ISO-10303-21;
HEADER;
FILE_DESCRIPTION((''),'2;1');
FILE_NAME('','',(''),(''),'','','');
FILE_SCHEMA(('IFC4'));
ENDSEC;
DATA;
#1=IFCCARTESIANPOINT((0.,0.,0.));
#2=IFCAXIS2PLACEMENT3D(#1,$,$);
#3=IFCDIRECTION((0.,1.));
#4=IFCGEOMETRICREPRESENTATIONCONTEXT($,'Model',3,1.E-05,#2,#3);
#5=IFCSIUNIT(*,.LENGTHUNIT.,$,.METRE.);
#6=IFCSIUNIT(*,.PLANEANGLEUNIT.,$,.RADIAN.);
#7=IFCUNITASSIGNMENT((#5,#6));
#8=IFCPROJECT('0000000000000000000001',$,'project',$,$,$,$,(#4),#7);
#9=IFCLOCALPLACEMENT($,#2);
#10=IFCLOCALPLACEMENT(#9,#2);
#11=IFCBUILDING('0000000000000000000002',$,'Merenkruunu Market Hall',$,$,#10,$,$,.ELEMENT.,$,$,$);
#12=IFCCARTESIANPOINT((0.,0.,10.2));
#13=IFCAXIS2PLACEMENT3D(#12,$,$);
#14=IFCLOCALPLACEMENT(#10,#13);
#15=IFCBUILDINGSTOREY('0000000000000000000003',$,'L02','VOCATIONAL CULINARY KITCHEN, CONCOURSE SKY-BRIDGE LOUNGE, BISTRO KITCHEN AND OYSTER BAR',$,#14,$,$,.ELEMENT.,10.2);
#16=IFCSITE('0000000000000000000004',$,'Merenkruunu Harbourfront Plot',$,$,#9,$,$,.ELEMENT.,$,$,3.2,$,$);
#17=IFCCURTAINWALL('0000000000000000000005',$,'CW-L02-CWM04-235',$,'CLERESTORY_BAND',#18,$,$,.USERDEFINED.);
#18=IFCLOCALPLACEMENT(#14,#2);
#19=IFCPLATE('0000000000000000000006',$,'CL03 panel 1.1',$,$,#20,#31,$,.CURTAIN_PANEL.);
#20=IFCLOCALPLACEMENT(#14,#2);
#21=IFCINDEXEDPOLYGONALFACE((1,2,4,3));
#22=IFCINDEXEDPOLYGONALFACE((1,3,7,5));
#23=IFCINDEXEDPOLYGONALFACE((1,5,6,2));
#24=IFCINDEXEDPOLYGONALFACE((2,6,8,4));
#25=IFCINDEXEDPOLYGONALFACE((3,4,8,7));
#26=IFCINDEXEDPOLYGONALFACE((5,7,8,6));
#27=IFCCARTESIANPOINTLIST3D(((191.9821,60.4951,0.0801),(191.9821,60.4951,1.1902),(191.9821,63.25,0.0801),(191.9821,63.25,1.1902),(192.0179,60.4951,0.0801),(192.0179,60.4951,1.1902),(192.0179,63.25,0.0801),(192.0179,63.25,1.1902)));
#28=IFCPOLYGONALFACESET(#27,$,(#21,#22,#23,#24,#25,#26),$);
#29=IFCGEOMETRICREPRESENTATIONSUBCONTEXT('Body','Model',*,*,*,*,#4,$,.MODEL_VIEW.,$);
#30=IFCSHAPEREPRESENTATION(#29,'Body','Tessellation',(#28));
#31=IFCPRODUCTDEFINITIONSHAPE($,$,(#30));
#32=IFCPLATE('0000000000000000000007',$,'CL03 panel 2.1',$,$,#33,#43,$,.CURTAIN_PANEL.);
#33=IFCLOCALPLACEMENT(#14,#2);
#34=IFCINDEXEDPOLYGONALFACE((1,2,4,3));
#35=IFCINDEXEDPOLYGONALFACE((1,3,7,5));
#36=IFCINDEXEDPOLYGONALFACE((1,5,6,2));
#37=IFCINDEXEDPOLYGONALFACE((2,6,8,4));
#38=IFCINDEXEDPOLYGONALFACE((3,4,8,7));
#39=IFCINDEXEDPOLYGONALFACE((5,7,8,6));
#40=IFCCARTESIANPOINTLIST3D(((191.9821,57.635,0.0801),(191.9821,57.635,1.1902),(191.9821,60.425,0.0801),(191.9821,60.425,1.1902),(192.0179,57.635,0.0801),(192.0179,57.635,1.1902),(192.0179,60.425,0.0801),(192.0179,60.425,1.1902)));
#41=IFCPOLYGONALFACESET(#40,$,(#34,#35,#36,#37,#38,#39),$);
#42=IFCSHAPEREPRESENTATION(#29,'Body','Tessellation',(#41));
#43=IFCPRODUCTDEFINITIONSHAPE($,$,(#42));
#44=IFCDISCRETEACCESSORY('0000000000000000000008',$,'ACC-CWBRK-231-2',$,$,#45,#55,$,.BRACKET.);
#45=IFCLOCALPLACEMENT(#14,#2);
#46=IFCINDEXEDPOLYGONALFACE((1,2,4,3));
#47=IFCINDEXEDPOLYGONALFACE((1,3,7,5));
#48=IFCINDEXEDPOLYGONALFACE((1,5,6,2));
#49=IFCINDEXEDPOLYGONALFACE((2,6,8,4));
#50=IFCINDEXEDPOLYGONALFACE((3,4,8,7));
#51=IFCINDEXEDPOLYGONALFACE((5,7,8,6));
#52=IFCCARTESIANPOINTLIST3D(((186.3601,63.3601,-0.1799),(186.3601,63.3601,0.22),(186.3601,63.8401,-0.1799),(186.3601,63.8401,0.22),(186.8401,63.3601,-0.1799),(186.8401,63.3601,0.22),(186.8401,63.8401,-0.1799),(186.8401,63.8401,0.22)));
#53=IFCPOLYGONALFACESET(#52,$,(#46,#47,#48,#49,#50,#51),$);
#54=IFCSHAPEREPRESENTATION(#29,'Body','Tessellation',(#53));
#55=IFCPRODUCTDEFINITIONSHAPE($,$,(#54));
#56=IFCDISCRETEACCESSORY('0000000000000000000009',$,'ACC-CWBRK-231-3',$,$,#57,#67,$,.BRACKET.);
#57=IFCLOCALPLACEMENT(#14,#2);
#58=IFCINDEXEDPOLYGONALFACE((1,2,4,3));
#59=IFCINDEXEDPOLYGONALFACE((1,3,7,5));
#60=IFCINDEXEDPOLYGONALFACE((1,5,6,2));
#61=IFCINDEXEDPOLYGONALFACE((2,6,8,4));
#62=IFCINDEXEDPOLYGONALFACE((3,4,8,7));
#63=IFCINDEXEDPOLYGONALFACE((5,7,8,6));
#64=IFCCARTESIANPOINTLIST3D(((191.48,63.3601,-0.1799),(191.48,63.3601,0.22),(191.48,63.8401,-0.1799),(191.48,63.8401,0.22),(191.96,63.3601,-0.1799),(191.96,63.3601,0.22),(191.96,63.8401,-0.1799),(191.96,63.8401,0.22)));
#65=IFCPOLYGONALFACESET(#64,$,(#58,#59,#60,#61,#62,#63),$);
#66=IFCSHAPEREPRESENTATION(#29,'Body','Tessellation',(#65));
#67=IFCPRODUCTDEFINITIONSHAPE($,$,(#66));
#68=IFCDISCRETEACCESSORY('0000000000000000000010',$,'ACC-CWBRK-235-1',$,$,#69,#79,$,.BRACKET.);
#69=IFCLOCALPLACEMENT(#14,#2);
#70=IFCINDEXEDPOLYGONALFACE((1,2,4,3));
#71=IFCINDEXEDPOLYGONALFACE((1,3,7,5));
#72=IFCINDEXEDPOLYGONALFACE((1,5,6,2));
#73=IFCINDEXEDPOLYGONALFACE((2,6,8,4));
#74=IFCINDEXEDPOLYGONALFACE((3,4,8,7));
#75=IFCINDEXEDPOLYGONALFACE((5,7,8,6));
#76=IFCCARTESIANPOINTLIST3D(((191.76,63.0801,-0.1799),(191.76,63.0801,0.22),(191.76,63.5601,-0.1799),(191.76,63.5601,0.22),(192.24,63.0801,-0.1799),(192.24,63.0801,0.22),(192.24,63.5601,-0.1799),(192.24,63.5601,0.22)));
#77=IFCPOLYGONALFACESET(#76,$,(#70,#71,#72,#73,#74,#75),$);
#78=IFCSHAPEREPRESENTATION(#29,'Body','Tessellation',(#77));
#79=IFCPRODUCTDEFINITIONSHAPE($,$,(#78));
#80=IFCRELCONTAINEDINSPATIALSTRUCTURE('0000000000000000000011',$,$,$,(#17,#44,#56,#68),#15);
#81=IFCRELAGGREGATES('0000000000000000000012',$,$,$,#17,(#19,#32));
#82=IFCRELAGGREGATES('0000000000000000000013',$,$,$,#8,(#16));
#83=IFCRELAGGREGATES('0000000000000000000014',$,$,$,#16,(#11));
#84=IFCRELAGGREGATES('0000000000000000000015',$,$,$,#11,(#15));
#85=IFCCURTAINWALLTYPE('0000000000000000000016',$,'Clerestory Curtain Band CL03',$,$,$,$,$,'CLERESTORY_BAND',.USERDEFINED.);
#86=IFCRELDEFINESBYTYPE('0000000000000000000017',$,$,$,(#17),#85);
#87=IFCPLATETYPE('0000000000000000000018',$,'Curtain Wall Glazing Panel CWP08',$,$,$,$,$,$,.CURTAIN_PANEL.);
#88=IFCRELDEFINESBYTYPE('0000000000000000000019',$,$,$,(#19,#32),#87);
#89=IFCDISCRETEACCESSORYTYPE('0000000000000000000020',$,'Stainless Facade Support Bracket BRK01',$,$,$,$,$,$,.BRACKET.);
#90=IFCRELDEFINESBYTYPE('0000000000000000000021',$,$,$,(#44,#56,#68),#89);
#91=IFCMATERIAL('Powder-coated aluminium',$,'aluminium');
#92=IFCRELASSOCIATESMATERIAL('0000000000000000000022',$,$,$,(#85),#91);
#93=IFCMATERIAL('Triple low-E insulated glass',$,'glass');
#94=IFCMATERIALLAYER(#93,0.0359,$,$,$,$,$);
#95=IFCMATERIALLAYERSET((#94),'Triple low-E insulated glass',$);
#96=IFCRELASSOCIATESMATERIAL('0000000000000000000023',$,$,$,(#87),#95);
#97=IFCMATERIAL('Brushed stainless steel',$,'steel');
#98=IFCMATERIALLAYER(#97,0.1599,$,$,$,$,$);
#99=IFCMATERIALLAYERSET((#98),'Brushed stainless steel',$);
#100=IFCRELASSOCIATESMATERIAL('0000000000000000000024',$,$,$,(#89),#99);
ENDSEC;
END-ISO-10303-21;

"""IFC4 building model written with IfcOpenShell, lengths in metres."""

from ifc_helpers import new_model, si_unit, direction, frame, origin, origin_2d, place, context, subcontext, project, spatial, rectangle, extrude, material, layer, layer_set, type_object, element, aggregate, save


model = new_model("IFC4")

# Units and contexts
model_context = context("Model", 3, precision=1e-05, world=origin(), true_north=direction((0.0, 1.0)))
body_context = subcontext(model_context, "Body", "Model", "MODEL_VIEW")
ifc_project = project(units=[si_unit("LENGTHUNIT", "METRE"), si_unit("PLANEANGLEUNIT", "RADIAN")], contexts=[model_context])

# Site, building, storey
site_placement = place(None, origin())
site = spatial("IfcSite", under=ifc_project, at=site_placement, Name="Merenkruunu Harbourfront Plot", CompositionType="ELEMENT", RefElevation=3.2)
building_placement = place(site_placement, origin())
building = spatial("IfcBuilding", under=site, at=building_placement, Name="Merenkruunu Market Hall", CompositionType="ELEMENT")
storey_placement = place(building_placement, frame((0.0, 0.0, 10.2)))
storey = spatial("IfcBuildingStorey", under=building, at=storey_placement, Name="L02", Description="VOCATIONAL CULINARY KITCHEN, CONCOURSE SKY-BRIDGE LOUNGE, BISTRO KITCHEN AND OYSTER BAR", CompositionType="ELEMENT", Elevation=10.2)

# Curtain wall
ifc_material_1 = material(Name="Powder-coated aluminium", Category="aluminium")
curtain_wall_type_1 = type_object("IfcCurtainWallType", Name="Clerestory Curtain Band CL03", ElementType="CLERESTORY_BAND", PredefinedType="USERDEFINED", material=ifc_material_1)
curtain_wall_1_placement = place(storey_placement, origin())
curtain_wall_1 = element("IfcCurtainWall", 1, at=curtain_wall_1_placement, inside=storey, type_object=curtain_wall_type_1, Name="CW-L02-CWM04-235", ObjectType="CLERESTORY_BAND", PredefinedType="USERDEFINED")

# Plates
ifc_material_2 = material(Name="Triple low-E insulated glass", Category="glass")
ifc_layer_1 = layer(ifc_material_2, 0.0359)
ifc_layer_set_1 = layer_set([ifc_layer_1], Name="Triple low-E insulated glass")
plate_type_1 = type_object("IfcPlateType", Name="Curtain Wall Glazing Panel CWP08", PredefinedType="CURTAIN_PANEL", material=ifc_layer_set_1)
plate_1_placement = place(storey_placement, frame((192.0, 61.8726, 0.0801), z_axis=(0.0, 0.0, 1.0), x_axis=(0.0, -1.0, 0.0)))
plate_1 = element("IfcPlate", 2, at=plate_1_placement, type_object=plate_type_1, Name="CL03 panel 1.1", PredefinedType="CURTAIN_PANEL", context=body_context, shape_type="SweptSolid", body=[
    extrude(rectangle(XDim=2.7549, YDim=0.0359, at=origin_2d()), origin(), (0.0, 0.0, 1.0), 1.1101),
])
plate_2_placement = place(storey_placement, frame((192.0, 59.03, 0.0801), z_axis=(0.0, 0.0, 1.0), x_axis=(0.0, -1.0, 0.0)))
plate_2 = element("IfcPlate", 3, at=plate_2_placement, type_object=plate_type_1, Name="CL03 panel 2.1", PredefinedType="CURTAIN_PANEL", context=body_context, shape_type="SweptSolid", body=[
    extrude(rectangle(XDim=2.79, YDim=0.0359, at=origin_2d()), origin(), (0.0, 0.0, 1.0), 1.1101),
])
aggregate(curtain_wall_1, [plate_1, plate_2])

# Discrete accessories
ifc_material_3 = material(Name="Brushed stainless steel", Category="steel")
ifc_layer_2 = layer(ifc_material_3, 0.1599)
ifc_layer_set_2 = layer_set([ifc_layer_2], Name="Brushed stainless steel")
discrete_accessory_type = type_object("IfcDiscreteAccessoryType", Name="Stainless Facade Support Bracket BRK01", PredefinedType="BRACKET", material=ifc_layer_set_2)
for number, where, z_axis, x_axis, name in (
    (4, (186.6001, 63.6001, -0.1799), (0.0, 0.0, 1.0), (1.0, 0.0, 0.0), "ACC-CWBRK-231-2"),
    (5, (191.72, 63.6001, -0.1799), (0.0, 0.0, 1.0), (1.0, 0.0, 0.0), "ACC-CWBRK-231-3"),
    (6, (192.0, 63.3201, -0.1799), (0.0, 0.0, 1.0), (1.0, 0.0, 0.0), "ACC-CWBRK-235-1"),
):
    element("IfcDiscreteAccessory", number, at=place(storey_placement, frame(where, z_axis=z_axis, x_axis=x_axis)), inside=storey, type_object=discrete_accessory_type, Name=name, PredefinedType="BRACKET", context=body_context, shape_type="SweptSolid", body=[
        extrude(rectangle(XDim=0.48, YDim=0.48, at=origin_2d()), origin(), (0.0, 0.0, 1.0), 0.3999),
    ])

save(model, "model.ifc")
